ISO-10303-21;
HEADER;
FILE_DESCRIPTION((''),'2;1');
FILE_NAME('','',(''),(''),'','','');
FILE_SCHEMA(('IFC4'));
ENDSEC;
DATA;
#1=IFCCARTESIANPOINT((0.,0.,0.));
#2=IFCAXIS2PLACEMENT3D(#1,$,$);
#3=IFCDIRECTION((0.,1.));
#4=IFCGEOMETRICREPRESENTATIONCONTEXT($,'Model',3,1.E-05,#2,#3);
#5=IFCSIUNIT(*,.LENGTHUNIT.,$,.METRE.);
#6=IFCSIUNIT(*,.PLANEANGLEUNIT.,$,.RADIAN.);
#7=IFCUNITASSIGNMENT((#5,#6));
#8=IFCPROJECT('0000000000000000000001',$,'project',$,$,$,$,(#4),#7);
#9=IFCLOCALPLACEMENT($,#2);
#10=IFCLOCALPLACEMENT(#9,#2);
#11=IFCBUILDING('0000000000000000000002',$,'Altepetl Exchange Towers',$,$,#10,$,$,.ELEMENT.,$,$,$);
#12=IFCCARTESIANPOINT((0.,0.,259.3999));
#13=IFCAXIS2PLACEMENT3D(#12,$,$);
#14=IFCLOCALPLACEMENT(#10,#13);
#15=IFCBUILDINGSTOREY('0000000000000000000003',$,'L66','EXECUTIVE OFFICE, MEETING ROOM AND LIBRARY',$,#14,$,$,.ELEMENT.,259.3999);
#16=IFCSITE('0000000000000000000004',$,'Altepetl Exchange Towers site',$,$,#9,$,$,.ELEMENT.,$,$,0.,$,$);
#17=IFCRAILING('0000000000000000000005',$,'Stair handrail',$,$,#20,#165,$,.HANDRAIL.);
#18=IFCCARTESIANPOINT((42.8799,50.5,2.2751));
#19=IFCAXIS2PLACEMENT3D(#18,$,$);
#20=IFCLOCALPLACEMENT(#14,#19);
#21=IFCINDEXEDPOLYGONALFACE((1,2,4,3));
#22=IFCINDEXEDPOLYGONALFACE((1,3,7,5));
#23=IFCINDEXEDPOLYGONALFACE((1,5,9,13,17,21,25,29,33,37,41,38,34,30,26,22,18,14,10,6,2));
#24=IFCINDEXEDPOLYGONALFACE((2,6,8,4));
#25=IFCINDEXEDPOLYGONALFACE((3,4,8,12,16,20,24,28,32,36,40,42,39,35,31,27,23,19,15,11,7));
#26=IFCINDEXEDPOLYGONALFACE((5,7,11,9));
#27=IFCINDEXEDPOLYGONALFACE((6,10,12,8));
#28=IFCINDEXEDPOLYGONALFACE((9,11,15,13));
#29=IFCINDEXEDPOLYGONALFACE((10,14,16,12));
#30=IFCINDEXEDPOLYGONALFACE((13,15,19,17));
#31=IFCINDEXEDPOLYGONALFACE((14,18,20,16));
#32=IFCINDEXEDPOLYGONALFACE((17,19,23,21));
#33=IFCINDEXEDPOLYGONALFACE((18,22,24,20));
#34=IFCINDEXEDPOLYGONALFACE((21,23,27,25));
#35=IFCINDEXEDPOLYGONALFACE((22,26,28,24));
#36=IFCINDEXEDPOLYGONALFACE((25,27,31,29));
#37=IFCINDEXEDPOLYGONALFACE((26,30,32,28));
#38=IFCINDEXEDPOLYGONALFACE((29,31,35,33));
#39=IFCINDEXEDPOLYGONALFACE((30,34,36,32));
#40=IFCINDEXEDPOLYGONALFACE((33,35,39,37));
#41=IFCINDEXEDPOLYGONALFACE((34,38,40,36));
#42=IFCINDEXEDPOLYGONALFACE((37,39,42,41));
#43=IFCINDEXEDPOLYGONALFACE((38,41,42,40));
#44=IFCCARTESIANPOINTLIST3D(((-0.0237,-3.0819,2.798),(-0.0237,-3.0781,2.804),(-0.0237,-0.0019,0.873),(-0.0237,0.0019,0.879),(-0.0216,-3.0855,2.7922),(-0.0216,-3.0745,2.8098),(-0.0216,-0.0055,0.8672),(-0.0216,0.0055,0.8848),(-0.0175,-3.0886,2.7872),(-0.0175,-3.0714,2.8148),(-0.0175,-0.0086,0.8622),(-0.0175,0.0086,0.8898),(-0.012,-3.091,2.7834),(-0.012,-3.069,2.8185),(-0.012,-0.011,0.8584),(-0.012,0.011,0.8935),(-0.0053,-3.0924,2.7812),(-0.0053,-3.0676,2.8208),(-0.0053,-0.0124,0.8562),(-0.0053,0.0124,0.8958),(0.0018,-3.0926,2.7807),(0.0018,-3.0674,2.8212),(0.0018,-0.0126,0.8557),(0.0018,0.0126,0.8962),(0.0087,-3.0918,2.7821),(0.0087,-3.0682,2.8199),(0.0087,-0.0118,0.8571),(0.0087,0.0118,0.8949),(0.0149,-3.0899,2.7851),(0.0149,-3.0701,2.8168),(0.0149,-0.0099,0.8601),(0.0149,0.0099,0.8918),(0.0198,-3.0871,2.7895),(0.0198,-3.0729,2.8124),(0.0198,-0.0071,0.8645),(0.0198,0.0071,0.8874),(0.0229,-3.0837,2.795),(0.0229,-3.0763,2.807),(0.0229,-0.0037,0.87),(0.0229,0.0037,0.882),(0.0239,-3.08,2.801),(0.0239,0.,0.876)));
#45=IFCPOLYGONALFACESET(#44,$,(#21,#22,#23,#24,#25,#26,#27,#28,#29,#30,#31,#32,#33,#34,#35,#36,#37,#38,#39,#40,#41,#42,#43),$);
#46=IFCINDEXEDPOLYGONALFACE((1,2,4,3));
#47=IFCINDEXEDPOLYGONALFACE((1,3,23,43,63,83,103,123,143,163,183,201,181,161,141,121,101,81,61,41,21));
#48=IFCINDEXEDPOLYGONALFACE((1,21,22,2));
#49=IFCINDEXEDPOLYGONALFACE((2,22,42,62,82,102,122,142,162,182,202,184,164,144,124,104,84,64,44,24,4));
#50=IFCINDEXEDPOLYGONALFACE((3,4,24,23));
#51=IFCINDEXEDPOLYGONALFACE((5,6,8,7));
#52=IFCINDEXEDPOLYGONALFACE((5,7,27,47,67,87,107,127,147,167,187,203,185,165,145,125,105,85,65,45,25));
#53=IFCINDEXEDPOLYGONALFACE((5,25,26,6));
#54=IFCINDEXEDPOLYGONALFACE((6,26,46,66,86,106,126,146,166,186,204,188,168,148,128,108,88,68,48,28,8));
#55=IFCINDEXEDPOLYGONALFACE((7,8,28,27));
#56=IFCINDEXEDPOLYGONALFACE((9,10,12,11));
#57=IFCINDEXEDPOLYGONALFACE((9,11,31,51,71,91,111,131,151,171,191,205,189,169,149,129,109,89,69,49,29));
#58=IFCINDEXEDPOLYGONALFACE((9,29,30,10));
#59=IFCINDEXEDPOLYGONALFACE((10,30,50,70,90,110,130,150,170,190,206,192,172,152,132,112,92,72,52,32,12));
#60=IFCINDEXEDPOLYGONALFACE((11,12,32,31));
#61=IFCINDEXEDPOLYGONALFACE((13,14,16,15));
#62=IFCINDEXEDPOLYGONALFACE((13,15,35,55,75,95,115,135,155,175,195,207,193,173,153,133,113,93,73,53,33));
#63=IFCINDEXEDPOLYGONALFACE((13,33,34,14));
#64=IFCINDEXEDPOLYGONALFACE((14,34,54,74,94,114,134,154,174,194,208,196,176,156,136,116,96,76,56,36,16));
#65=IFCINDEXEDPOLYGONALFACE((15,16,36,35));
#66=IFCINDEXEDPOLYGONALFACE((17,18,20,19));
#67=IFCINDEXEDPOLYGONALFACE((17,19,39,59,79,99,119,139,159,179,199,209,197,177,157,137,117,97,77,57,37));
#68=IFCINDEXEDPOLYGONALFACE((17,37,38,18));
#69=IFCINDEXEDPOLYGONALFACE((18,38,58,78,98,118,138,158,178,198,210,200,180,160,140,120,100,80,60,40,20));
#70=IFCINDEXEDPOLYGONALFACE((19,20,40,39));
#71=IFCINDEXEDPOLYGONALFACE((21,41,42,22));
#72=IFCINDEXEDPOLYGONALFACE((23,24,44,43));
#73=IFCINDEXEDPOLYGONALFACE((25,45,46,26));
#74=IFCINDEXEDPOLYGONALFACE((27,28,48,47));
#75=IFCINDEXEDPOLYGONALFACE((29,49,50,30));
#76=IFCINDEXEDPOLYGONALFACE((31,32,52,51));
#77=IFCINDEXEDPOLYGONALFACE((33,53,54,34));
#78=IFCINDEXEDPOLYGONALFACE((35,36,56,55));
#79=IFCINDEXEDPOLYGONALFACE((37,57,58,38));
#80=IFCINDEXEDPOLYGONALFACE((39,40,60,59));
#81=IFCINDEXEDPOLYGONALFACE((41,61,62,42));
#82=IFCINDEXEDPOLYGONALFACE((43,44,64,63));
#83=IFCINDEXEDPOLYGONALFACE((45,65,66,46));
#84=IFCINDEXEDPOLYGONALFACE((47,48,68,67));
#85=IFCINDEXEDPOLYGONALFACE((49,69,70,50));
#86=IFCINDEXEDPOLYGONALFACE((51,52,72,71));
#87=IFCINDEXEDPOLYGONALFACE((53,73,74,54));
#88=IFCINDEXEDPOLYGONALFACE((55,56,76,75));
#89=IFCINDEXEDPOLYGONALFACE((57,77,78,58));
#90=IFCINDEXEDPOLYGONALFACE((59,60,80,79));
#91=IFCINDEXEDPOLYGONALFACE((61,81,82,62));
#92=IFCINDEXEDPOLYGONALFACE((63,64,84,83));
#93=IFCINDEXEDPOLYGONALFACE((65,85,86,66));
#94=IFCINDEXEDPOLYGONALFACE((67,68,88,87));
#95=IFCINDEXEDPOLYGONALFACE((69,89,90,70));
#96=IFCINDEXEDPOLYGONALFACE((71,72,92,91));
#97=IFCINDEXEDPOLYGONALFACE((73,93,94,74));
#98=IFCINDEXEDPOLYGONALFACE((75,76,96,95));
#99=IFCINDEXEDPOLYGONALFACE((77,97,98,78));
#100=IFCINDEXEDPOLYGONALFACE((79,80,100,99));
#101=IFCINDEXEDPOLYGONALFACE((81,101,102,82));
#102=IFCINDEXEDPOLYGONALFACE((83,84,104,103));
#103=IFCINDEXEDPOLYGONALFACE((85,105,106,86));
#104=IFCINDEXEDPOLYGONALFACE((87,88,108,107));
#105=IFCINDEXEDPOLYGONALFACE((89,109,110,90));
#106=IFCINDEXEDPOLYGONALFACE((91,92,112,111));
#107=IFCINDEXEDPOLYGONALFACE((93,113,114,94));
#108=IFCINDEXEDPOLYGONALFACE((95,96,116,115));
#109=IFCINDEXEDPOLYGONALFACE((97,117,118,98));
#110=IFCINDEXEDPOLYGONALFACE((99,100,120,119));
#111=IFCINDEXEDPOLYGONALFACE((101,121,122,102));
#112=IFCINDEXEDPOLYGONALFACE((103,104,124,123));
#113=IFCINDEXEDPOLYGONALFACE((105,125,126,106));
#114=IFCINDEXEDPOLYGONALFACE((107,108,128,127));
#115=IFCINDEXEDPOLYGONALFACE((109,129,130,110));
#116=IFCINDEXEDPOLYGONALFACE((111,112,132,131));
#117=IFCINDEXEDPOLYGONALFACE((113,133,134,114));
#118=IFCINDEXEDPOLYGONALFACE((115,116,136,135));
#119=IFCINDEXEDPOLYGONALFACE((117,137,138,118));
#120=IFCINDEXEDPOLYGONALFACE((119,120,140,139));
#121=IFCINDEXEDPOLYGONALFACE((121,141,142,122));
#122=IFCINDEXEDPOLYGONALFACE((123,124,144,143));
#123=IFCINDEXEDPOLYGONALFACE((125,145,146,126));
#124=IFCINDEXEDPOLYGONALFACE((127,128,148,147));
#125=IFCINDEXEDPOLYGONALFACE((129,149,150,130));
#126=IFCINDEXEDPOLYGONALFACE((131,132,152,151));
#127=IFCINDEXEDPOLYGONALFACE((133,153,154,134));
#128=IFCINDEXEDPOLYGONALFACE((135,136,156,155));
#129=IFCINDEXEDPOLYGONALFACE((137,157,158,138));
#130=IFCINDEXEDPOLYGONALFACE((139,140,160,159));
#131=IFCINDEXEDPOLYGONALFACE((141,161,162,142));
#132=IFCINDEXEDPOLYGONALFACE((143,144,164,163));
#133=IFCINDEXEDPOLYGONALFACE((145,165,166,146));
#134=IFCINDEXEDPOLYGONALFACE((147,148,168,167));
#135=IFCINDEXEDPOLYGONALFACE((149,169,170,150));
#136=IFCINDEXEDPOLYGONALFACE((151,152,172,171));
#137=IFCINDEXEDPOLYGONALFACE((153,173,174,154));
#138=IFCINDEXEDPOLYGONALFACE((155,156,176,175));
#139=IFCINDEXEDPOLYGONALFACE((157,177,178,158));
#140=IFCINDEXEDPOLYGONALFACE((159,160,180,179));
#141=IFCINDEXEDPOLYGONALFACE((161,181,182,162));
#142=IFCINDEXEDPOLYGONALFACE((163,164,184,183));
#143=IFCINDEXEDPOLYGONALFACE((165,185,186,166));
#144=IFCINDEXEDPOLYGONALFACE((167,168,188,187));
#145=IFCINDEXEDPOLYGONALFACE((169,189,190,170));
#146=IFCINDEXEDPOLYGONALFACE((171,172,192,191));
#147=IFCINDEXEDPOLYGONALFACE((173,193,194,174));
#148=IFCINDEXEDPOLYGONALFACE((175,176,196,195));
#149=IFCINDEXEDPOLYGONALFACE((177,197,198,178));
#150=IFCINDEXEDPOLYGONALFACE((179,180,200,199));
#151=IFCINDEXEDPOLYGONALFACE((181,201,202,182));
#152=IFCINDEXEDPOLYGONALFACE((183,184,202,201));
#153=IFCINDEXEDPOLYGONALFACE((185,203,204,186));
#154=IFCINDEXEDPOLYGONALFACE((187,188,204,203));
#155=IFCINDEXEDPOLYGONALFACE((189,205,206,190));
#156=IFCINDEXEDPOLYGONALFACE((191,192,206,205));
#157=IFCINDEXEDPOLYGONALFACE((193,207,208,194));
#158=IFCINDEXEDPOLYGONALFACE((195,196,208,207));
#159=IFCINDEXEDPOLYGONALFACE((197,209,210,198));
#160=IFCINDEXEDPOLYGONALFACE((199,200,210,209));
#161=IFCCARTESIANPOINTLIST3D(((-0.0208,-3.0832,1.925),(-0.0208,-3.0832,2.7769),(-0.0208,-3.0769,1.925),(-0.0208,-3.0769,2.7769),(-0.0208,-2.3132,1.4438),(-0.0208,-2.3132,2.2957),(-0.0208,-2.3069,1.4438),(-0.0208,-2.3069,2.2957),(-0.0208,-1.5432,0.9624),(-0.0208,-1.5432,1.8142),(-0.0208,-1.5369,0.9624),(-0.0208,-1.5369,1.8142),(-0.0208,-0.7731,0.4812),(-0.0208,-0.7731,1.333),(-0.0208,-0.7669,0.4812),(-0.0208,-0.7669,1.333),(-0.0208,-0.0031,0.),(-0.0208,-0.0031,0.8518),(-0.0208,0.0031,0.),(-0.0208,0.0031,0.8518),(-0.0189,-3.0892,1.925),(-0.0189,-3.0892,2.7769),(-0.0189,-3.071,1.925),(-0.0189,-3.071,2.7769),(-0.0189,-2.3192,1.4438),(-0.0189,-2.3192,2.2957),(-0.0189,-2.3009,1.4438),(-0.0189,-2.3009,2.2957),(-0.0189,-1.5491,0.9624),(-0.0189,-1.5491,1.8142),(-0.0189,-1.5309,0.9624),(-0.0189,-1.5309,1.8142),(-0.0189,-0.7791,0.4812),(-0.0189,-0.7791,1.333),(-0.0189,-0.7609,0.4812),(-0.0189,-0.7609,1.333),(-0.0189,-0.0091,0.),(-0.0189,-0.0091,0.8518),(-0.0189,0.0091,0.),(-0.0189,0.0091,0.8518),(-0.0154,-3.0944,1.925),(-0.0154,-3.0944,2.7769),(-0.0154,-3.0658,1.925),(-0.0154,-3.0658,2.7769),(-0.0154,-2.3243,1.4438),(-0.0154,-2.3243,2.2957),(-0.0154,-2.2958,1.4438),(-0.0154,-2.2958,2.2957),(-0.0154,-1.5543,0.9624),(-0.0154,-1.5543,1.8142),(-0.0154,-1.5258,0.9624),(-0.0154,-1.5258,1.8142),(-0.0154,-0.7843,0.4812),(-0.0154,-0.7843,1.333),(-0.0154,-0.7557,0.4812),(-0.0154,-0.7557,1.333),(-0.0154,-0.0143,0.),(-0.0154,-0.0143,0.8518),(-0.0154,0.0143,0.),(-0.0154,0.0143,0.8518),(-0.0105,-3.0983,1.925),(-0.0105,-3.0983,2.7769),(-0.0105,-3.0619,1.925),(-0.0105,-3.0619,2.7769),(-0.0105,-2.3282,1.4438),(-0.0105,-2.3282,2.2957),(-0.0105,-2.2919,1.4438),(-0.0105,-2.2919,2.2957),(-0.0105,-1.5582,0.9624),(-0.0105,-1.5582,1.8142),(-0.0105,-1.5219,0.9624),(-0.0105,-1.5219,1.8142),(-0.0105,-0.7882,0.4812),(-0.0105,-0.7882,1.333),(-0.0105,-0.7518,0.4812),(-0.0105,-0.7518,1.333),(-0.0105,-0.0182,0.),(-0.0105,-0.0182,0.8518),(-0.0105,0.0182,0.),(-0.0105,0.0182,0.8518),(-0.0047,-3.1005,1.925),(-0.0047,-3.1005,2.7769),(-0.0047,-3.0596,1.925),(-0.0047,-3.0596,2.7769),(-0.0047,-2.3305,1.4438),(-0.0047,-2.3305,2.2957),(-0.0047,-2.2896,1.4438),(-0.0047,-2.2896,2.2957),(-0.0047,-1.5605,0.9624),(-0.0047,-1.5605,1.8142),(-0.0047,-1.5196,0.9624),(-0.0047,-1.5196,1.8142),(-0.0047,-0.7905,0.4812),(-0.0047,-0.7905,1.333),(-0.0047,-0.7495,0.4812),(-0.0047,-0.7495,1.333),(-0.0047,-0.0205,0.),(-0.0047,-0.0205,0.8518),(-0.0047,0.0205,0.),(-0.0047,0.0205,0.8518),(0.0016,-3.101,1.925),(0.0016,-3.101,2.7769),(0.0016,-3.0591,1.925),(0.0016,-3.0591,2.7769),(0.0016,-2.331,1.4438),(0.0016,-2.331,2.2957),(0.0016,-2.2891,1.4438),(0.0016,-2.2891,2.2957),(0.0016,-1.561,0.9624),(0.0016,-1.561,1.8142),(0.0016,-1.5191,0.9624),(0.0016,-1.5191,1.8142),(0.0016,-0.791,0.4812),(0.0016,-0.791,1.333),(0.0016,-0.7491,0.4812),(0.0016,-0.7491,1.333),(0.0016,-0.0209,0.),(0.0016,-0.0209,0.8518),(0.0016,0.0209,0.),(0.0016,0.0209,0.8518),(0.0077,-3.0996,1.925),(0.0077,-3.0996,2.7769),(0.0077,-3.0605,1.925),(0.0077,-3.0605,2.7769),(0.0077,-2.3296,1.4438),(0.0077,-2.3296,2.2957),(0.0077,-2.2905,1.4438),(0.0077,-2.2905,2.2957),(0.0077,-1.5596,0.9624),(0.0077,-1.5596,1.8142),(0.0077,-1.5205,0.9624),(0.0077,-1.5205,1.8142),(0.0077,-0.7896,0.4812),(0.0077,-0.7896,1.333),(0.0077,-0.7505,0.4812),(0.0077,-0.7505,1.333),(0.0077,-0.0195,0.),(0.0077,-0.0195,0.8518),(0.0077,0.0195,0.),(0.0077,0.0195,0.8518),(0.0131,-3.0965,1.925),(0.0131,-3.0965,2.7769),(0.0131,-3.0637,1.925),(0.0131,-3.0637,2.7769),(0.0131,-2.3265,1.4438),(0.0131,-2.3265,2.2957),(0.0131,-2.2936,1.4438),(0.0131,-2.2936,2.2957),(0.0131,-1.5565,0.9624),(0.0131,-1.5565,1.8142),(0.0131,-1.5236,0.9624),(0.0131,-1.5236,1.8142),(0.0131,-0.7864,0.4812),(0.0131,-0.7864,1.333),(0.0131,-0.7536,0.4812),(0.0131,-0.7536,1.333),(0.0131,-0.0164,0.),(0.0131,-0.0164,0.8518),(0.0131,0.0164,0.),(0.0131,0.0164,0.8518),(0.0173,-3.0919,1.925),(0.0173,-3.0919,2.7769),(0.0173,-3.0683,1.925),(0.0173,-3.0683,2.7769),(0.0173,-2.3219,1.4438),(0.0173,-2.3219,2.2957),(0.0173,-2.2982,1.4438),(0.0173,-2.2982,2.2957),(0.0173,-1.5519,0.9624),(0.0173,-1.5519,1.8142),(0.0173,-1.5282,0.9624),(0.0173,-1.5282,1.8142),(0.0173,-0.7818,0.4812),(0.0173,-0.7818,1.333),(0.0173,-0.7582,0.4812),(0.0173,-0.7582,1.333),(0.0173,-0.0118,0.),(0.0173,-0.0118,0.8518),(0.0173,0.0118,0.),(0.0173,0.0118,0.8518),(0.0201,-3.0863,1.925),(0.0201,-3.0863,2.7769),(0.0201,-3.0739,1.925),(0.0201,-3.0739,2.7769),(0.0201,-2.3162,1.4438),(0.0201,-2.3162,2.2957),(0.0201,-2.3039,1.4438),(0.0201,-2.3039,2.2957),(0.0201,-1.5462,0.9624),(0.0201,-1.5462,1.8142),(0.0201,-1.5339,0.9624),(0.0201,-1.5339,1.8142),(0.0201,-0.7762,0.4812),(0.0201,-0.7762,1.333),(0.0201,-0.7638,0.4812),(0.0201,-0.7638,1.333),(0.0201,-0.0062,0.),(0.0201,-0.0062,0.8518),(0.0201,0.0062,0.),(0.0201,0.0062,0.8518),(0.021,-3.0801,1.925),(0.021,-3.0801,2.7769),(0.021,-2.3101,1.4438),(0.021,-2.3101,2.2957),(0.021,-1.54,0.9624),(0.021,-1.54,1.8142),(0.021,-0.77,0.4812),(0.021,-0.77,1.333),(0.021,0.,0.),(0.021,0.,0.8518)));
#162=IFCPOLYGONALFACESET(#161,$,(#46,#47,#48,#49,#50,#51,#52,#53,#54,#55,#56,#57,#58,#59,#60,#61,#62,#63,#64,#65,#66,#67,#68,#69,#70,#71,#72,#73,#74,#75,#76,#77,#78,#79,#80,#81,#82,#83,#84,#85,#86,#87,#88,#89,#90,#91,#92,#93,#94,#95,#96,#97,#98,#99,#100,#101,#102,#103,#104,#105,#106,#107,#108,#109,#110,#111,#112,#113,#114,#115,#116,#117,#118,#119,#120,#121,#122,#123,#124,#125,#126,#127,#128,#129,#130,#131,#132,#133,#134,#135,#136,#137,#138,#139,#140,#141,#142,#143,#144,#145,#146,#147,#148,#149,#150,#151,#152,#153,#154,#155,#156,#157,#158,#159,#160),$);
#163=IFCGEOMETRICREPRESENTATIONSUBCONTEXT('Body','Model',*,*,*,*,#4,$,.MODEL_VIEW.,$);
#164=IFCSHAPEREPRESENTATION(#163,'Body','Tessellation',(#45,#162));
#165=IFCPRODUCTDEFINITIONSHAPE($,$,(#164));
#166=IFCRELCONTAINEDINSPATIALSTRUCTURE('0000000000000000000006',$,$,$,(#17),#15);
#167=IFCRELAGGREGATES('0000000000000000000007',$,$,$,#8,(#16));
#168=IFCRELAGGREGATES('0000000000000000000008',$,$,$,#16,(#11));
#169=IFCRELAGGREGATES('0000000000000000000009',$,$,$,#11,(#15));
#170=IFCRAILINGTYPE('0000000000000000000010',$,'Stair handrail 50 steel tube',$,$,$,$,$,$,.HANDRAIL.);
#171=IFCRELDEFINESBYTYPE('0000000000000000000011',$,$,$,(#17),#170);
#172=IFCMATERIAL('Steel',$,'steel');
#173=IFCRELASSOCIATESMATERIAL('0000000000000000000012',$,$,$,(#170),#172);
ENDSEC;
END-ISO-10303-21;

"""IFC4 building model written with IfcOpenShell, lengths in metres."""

from ifc_helpers import new_model, si_unit, direction, frame, origin, origin_2d, place, context, subcontext, project, spatial, circle, extrude, source, transform, mapped, material, type_object, element, save


model = new_model("IFC4")

# Units and contexts
model_context = context("Model", 3, precision=1e-05, world=origin(), true_north=direction((0.0, 1.0)))
body_context = subcontext(model_context, "Body", "Model", "MODEL_VIEW")
ifc_project = project(units=[si_unit("LENGTHUNIT", "METRE"), si_unit("PLANEANGLEUNIT", "RADIAN")], contexts=[model_context])

# Site, building, storey
site_placement = place(None, origin())
site = spatial("IfcSite", under=ifc_project, at=site_placement, Name="Altepetl Exchange Towers site", CompositionType="ELEMENT", RefElevation=0.0)
building_placement = place(site_placement, origin())
building = spatial("IfcBuilding", under=site, at=building_placement, Name="Altepetl Exchange Towers", CompositionType="ELEMENT")
storey_placement = place(building_placement, frame((0.0, 0.0, 259.3999)))
storey = spatial("IfcBuildingStorey", under=building, at=storey_placement, Name="L66", Description="EXECUTIVE OFFICE, MEETING ROOM AND LIBRARY", CompositionType="ELEMENT", Elevation=259.3999)

# Railing
ifc_material_1 = material(Name="Steel", Category="steel")
railing_type = type_object("IfcRailingType", Name="Stair handrail 50 steel tube", PredefinedType="HANDRAIL", material=ifc_material_1)
shared_shape = source(origin(), body_context, "Body", "SweptSolid", [
    extrude(circle(Radius=0.021, at=origin_2d()), origin(), (0.0, 0.0, 1.0), 0.8518),
])
for number, where, name in (
    (1, (42.8799, 50.5, 2.2751), "Stair handrail"),
):
    element("IfcRailing", number, at=place(storey_placement, frame(where)), inside=storey, type_object=railing_type, Name=name, PredefinedType="HANDRAIL", context=body_context, shape_type="SweptSolid", body=[
        extrude(circle(Radius=0.0239, at=origin_2d()), frame((0.0, 0.0, 0.876), z_axis=(0.0, -0.847998, 0.529999), x_axis=(1.0, 0.0, 0.0)), (0.0, 0.0, 1.0), 3.6321),
        mapped(shared_shape, transform((0.0, 0.0, 0.0))),
        mapped(shared_shape, transform((0.0, -0.77, 0.4812))),
        mapped(shared_shape, transform((0.0, -1.54, 0.9624))),
        mapped(shared_shape, transform((0.0, -2.3101, 1.4438))),
        mapped(shared_shape, transform((0.0, -3.0801, 1.925))),
    ])

save(model, "model.ifc")
